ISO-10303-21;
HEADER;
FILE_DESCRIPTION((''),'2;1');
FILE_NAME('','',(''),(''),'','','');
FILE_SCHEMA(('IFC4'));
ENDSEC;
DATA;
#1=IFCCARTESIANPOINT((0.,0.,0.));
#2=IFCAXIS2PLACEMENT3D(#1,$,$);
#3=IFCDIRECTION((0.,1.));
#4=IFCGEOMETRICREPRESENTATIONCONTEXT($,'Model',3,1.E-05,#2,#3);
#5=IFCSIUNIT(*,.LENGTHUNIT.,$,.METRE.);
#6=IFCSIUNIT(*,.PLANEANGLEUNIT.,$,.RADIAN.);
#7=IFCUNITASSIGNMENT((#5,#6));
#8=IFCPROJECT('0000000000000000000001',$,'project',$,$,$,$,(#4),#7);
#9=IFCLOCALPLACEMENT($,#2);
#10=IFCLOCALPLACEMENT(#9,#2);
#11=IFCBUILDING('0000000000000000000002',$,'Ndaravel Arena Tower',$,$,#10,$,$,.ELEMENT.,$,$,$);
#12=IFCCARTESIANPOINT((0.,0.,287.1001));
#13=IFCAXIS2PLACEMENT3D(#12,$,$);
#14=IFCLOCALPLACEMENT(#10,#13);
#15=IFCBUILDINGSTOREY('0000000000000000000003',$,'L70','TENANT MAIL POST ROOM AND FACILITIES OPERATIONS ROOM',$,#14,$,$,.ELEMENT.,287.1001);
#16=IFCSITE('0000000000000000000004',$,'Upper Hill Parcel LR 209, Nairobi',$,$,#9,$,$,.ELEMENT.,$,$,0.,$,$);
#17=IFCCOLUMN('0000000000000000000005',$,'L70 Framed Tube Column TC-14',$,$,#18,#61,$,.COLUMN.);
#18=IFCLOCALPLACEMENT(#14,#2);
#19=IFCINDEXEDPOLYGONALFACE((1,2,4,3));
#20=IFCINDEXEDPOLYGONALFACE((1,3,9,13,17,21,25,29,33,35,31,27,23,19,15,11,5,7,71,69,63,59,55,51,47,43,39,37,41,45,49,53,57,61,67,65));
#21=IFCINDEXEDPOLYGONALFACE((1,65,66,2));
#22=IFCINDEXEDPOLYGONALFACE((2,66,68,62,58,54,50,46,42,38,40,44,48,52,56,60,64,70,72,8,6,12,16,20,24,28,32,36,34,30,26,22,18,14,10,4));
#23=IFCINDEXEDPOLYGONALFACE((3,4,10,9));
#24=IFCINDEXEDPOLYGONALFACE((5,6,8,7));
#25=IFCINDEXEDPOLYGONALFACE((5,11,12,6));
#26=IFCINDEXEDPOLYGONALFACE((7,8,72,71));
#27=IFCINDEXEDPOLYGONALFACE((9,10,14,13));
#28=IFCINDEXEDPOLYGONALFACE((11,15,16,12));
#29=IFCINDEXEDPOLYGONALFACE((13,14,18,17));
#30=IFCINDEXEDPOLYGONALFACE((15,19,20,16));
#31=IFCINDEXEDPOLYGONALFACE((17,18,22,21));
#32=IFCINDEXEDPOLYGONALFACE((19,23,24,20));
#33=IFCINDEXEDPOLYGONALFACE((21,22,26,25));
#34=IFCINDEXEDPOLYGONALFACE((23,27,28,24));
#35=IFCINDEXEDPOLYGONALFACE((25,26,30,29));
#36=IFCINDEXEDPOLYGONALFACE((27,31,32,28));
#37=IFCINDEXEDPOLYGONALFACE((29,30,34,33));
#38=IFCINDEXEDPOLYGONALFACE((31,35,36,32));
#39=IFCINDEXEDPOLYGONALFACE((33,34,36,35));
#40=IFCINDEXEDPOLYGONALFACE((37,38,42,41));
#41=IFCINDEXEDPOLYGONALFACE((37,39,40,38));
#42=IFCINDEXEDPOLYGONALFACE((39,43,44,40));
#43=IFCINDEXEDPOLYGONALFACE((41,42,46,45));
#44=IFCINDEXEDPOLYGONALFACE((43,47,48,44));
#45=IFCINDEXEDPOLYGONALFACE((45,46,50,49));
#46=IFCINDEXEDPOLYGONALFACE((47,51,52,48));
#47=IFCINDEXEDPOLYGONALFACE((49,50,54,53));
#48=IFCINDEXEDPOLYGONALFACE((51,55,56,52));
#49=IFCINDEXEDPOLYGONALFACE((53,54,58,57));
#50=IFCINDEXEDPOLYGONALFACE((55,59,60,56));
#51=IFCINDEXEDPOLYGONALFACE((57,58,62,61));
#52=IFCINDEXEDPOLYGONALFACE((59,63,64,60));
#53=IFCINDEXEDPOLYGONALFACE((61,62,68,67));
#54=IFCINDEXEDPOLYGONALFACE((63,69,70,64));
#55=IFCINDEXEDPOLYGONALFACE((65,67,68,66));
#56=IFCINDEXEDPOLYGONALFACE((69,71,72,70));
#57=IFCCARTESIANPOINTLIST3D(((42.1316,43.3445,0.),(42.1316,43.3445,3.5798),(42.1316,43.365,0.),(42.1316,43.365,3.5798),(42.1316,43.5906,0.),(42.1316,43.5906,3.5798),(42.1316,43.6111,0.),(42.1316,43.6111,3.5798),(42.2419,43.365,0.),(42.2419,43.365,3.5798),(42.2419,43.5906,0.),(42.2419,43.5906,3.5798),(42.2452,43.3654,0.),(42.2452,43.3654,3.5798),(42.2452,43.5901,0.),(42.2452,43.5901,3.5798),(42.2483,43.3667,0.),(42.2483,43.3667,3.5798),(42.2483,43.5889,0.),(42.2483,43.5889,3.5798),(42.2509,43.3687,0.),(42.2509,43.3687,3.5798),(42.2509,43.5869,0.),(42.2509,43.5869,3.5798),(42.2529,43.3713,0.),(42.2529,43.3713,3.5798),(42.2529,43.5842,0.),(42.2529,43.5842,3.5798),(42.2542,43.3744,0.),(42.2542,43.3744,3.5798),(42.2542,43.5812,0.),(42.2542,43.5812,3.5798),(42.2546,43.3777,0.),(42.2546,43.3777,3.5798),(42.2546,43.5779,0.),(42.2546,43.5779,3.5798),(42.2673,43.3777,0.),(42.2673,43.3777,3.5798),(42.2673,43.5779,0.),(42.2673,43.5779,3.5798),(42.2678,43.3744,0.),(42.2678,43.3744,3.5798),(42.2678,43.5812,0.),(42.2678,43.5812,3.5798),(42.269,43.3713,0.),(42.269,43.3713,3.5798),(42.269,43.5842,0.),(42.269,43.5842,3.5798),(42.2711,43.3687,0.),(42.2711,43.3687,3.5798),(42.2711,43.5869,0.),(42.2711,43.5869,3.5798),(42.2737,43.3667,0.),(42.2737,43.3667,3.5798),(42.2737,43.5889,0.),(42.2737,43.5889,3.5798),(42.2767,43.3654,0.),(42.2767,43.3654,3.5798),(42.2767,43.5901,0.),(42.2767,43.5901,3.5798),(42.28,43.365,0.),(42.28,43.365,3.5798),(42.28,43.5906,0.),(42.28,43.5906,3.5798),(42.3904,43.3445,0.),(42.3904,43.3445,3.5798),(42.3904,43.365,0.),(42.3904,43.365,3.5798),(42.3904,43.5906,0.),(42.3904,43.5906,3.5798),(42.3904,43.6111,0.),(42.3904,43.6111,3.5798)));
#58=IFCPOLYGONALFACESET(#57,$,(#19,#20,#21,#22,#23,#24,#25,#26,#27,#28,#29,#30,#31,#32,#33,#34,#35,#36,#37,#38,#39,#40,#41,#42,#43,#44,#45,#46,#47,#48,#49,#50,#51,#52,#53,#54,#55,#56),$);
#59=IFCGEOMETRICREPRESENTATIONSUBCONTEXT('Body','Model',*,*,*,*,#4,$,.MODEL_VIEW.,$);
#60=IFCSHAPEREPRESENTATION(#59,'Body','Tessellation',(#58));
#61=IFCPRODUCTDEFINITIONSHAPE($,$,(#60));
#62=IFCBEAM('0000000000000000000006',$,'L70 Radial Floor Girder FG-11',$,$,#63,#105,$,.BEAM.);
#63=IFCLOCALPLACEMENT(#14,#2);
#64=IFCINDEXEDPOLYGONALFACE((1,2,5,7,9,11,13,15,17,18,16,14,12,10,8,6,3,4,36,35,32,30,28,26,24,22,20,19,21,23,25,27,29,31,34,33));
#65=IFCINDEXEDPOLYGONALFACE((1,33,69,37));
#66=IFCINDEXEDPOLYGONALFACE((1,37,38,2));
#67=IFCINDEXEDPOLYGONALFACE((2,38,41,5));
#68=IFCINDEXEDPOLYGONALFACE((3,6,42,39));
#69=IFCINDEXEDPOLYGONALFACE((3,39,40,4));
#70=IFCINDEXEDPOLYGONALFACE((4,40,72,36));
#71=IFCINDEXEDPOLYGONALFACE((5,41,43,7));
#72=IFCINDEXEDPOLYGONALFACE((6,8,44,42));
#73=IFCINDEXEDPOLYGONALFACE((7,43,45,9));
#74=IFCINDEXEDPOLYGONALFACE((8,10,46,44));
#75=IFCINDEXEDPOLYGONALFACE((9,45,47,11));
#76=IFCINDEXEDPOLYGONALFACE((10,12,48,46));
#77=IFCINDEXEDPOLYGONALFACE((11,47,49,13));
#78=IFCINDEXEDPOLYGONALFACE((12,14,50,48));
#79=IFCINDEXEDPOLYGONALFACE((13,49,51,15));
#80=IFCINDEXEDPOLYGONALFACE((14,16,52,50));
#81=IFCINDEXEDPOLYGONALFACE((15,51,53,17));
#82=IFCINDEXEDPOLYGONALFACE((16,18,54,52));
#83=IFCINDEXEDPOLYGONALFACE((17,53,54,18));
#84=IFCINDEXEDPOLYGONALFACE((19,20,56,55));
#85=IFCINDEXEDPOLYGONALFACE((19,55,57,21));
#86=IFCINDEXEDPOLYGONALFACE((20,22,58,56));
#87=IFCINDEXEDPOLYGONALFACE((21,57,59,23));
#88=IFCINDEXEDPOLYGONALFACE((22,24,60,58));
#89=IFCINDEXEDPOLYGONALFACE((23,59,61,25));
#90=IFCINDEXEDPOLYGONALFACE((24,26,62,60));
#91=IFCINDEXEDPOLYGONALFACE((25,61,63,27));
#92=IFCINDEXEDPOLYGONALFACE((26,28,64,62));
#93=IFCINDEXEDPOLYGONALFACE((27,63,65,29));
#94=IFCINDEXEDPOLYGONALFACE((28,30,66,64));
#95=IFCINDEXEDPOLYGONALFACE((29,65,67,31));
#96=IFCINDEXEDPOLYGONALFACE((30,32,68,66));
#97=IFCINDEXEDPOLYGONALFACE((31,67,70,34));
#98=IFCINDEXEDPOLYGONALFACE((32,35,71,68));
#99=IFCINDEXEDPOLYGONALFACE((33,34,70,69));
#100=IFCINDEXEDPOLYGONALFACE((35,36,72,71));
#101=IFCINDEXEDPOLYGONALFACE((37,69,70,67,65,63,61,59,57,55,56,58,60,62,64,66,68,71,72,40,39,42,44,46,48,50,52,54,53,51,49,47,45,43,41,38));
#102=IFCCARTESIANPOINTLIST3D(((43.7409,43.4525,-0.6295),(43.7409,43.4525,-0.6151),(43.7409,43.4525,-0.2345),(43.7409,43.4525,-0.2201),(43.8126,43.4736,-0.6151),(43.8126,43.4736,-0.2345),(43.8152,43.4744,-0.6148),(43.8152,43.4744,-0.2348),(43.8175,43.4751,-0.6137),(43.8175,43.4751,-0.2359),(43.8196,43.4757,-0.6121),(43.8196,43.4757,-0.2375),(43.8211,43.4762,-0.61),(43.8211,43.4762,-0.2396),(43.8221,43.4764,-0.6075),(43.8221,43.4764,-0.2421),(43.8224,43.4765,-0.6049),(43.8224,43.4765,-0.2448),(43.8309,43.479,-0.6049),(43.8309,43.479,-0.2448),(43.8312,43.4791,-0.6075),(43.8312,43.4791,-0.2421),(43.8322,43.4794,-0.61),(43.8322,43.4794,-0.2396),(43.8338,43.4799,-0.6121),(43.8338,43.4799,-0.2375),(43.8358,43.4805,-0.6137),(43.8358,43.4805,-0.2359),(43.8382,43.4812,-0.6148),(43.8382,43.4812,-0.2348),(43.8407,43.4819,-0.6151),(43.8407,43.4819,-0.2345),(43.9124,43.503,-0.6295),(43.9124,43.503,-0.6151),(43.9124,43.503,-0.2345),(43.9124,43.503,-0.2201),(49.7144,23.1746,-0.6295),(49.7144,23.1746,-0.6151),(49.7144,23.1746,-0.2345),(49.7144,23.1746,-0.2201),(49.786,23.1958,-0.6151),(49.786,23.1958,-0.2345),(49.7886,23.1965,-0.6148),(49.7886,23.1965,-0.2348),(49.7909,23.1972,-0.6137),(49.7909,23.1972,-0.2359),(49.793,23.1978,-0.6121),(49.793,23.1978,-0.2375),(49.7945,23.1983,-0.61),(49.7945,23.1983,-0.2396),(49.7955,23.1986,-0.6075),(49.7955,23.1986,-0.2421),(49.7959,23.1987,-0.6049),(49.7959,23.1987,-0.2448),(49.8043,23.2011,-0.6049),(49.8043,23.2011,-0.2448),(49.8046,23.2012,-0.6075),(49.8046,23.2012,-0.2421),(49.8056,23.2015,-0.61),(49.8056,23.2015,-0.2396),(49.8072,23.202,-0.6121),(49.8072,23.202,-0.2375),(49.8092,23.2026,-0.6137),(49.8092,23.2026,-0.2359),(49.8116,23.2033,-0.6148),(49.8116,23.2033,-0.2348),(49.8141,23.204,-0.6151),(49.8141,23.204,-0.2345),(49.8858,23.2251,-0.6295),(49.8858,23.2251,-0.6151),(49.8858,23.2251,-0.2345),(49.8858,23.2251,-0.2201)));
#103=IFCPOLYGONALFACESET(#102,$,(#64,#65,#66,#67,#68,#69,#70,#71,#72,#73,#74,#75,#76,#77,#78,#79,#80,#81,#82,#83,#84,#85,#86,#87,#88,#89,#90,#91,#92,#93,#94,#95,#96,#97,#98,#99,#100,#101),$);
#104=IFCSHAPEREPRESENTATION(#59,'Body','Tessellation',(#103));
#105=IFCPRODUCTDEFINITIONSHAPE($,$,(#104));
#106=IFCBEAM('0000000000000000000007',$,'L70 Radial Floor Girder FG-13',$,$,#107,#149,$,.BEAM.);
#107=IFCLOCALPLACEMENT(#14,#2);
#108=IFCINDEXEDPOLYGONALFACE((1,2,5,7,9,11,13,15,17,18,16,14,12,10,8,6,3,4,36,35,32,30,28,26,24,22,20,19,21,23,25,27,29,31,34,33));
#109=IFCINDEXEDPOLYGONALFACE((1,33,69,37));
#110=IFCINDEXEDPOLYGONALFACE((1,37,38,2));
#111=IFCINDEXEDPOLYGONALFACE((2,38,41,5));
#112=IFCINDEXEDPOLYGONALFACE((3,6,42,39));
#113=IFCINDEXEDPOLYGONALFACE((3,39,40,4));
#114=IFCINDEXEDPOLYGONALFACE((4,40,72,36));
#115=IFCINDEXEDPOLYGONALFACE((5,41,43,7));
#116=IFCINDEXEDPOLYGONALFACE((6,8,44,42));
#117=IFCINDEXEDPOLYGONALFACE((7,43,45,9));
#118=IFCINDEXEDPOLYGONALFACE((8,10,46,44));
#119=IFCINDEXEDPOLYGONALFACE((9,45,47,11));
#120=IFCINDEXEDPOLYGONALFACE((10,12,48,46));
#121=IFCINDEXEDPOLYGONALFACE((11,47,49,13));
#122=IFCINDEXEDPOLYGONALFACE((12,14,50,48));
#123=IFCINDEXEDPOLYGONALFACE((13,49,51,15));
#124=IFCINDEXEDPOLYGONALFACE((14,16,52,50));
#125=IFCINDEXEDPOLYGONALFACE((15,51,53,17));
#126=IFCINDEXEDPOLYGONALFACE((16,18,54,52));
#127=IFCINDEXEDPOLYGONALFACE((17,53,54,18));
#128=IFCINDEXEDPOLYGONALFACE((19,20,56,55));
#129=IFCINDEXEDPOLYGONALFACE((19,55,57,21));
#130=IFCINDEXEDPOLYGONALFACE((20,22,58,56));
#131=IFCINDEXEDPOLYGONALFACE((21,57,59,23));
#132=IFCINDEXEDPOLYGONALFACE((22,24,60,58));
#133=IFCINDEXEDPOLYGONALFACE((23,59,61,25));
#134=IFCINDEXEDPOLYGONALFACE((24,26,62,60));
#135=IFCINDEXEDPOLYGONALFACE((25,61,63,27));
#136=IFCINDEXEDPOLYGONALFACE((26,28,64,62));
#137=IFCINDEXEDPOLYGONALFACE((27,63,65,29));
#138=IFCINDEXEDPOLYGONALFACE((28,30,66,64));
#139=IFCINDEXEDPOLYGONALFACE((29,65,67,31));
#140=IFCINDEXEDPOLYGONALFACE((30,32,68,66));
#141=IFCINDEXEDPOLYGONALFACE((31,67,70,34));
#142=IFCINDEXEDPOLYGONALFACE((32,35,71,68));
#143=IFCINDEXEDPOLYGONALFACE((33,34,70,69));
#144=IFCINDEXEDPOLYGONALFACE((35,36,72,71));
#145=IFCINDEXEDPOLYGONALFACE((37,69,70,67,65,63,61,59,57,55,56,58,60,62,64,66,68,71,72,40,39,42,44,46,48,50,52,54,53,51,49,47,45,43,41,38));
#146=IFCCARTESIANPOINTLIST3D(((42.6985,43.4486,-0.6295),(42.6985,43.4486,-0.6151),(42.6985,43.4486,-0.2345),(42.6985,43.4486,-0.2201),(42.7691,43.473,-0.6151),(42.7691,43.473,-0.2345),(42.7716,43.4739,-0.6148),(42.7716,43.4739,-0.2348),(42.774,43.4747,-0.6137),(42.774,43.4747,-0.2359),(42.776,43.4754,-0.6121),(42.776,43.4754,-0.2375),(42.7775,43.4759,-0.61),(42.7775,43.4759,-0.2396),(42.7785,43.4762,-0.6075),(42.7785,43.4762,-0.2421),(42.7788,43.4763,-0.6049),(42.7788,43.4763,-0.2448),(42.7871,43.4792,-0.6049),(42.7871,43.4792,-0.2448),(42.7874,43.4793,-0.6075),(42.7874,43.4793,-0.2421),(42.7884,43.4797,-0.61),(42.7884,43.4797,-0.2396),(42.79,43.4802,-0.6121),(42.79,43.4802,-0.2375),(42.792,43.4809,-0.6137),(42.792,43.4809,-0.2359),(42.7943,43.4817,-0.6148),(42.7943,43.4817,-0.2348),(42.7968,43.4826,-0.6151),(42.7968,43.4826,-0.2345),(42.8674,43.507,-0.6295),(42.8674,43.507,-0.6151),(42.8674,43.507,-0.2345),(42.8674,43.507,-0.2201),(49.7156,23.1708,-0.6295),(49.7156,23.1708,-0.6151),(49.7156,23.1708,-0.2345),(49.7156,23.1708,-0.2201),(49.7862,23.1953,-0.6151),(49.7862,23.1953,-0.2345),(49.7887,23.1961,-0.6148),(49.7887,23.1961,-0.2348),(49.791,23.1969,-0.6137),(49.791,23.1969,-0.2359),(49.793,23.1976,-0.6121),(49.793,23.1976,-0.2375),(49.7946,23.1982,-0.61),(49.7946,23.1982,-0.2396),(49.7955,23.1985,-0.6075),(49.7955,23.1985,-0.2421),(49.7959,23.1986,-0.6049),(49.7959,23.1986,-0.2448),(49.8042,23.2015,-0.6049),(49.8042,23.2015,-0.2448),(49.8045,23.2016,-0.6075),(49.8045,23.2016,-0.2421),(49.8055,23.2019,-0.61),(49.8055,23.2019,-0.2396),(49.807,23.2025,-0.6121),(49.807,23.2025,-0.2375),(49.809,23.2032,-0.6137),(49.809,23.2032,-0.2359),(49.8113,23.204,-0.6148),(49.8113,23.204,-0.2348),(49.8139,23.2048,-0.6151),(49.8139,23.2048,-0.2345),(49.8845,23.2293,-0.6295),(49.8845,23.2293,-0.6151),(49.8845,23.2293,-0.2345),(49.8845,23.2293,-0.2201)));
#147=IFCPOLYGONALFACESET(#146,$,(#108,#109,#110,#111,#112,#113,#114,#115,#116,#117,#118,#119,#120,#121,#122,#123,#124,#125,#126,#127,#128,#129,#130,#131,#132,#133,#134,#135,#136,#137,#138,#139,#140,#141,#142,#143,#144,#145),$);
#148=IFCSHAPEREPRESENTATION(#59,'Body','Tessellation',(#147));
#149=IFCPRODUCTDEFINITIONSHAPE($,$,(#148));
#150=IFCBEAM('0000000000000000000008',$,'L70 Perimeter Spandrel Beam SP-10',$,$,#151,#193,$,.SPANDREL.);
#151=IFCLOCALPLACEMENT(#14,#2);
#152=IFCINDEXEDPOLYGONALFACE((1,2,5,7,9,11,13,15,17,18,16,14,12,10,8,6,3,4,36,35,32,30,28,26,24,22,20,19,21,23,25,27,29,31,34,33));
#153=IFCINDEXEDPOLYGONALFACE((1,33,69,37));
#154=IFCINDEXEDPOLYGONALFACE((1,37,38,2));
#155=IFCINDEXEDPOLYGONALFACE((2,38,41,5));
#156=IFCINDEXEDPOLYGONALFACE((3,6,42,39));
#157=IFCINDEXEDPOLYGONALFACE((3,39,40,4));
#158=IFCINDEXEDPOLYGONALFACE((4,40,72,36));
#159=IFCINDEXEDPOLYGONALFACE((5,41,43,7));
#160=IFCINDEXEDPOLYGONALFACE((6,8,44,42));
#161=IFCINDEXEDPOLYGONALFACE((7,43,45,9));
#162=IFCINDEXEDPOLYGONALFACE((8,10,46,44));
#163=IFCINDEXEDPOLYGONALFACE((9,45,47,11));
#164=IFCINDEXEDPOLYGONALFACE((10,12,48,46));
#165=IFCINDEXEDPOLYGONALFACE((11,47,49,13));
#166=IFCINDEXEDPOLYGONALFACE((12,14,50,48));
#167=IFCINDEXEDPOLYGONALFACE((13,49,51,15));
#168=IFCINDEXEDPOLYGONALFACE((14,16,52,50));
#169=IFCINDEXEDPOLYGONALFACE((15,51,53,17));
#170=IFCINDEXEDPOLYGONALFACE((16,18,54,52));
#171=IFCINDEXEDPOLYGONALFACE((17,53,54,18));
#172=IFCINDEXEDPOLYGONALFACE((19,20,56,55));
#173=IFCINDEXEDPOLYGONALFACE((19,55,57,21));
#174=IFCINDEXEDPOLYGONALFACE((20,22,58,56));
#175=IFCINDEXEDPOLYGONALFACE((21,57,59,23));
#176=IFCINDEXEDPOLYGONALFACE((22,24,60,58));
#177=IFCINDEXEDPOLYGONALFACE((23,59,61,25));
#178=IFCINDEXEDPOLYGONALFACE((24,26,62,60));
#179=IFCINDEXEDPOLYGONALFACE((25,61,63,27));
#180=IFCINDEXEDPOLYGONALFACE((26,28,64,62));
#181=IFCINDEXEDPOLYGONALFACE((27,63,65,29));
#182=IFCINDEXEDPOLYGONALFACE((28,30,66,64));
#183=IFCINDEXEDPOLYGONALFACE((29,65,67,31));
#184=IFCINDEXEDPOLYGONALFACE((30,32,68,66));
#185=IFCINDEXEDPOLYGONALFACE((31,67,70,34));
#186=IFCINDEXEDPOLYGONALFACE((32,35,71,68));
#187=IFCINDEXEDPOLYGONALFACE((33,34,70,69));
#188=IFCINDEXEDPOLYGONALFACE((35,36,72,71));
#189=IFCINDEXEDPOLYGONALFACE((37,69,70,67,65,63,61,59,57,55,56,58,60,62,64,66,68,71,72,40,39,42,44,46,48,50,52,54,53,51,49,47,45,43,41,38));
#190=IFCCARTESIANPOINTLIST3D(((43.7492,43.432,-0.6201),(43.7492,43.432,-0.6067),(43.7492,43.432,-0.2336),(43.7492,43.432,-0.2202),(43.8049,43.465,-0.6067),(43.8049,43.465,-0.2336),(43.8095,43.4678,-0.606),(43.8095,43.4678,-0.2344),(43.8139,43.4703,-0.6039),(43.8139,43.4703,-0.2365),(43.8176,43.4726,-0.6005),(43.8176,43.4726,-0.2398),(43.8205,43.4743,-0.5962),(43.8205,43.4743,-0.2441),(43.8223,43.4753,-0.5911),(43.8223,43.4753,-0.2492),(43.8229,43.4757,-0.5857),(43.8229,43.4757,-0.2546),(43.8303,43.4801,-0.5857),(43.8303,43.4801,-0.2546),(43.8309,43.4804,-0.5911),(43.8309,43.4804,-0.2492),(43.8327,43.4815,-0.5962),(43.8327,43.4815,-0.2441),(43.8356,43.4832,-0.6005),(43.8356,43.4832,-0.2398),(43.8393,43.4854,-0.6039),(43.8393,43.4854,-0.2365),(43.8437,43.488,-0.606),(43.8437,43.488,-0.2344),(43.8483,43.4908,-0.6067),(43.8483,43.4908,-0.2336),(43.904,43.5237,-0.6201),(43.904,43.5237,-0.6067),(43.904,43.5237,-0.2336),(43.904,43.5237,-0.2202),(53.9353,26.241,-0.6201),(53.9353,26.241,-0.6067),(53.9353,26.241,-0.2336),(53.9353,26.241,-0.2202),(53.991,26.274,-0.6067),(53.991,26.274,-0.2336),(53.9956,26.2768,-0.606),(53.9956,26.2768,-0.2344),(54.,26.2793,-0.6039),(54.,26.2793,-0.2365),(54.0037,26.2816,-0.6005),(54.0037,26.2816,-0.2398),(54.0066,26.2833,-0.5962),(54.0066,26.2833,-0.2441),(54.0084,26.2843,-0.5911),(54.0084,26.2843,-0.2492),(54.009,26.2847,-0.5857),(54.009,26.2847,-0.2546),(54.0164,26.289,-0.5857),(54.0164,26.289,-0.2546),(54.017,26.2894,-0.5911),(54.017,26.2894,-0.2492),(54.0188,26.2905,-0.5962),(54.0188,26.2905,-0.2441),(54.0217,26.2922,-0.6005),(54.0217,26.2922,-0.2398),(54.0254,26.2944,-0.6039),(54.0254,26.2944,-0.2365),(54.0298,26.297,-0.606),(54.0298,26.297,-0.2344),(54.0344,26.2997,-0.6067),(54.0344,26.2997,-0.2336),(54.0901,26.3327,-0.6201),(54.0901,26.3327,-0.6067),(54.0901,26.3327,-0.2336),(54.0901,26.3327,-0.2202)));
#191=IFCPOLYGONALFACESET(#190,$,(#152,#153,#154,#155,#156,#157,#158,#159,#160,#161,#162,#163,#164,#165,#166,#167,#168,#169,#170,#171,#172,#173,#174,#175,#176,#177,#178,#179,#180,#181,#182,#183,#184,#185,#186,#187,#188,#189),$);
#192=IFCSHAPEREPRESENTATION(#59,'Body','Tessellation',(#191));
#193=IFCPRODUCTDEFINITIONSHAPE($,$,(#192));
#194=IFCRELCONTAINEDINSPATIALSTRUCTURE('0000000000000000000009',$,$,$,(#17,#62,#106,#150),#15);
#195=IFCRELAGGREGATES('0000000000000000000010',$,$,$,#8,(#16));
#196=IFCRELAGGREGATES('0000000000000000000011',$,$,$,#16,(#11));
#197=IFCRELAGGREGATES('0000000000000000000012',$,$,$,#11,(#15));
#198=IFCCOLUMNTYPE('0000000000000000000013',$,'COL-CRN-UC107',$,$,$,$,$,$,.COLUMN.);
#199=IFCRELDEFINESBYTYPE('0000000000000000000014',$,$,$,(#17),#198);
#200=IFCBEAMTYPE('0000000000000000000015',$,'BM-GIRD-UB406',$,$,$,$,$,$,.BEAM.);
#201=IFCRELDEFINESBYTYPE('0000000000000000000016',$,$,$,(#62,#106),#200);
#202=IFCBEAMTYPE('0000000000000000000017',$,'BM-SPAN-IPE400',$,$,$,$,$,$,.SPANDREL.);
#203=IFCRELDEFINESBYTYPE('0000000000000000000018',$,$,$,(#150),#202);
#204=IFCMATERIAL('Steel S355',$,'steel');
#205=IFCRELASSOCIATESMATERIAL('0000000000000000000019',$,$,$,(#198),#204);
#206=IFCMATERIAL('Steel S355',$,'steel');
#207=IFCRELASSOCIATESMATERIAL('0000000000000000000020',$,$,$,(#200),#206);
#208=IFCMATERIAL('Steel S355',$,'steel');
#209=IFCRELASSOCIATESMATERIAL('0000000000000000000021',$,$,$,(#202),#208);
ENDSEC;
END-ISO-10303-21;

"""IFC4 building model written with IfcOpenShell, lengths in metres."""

from ifc_helpers import new_model, si_unit, direction, frame, origin, origin_2d, place, context, subcontext, project, spatial, i_section, extrude, material, material_profile, profile_set, type_object, element, save


model = new_model("IFC4")

# Units and contexts
model_context = context("Model", 3, precision=1e-05, world=origin(), true_north=direction((0.0, 1.0)))
body_context = subcontext(model_context, "Body", "Model", "MODEL_VIEW")
ifc_project = project(units=[si_unit("LENGTHUNIT", "METRE"), si_unit("PLANEANGLEUNIT", "RADIAN")], contexts=[model_context])

# Site, building, storey
site_placement = place(None, origin())
site = spatial("IfcSite", under=ifc_project, at=site_placement, Name="Upper Hill Parcel LR 209, Nairobi", CompositionType="ELEMENT", RefElevation=0.0)
building_placement = place(site_placement, origin())
building = spatial("IfcBuilding", under=site, at=building_placement, Name="Ndaravel Arena Tower", CompositionType="ELEMENT")
storey_placement = place(building_placement, frame((0.0, 0.0, 287.1001)))
storey = spatial("IfcBuildingStorey", under=building, at=storey_placement, Name="L70", Description="TENANT MAIL POST ROOM AND FACILITIES OPERATIONS ROOM", CompositionType="ELEMENT", Elevation=287.1001)

# Column
ifc_material_1 = material(Name="Steel S355", Category="steel")
ifc_material_profile_1 = material_profile(ifc_material_1, i_section(OverallWidth=0.2588, OverallDepth=0.2666, WebThickness=0.0127, FlangeThickness=0.0205, FilletRadius=0.0127, at=origin_2d()), Name="UC 254x254x107")
ifc_profile_set_1 = profile_set([ifc_material_profile_1], Name="Steel S355")
column_type = type_object("IfcColumnType", Name="COL-CRN-UC107", PredefinedType="COLUMN", material=ifc_profile_set_1)
for number, where, z_axis, x_axis, name in (
    (1, (42.261, 43.4778, 0.0), (0.0, 0.0, 1.0), (1.0, 0.0, 0.0), "L70 Framed Tube Column TC-14"),
):
    element("IfcColumn", number, at=place(storey_placement, frame(where, z_axis=z_axis, x_axis=x_axis)), inside=storey, type_object=column_type, Name=name, PredefinedType="COLUMN", context=body_context, shape_type="SweptSolid", body=[
        extrude(i_section(OverallWidth=0.2588, OverallDepth=0.2666, WebThickness=0.0127, FlangeThickness=0.0205, FilletRadius=0.0127, at=origin_2d()), origin(), (0.0, 0.0, 1.0), 3.5798),
    ])

# Beams
ifc_material_2 = material(Name="Steel S355", Category="steel")
ifc_material_profile_2 = material_profile(ifc_material_2, i_section(OverallWidth=0.1787, OverallDepth=0.4094, WebThickness=0.0088, FlangeThickness=0.0144, FilletRadius=0.0103, at=origin_2d()), Name="UB 406x178x67")
ifc_profile_set_2 = profile_set([ifc_material_profile_2], Name="Steel S355")
beam_type_1 = type_object("IfcBeamType", Name="BM-GIRD-UB406", PredefinedType="BEAM", material=ifc_profile_set_2)
beam_1_placement = place(storey_placement, frame((43.8267, 43.4778, -0.4248), z_axis=(0.282572, -0.959246, 0.0), x_axis=(0.959246, 0.282572, 0.0)))
element("IfcBeam", 2, at=beam_1_placement, inside=storey, type_object=beam_type_1, Name="L70 Radial Floor Girder FG-11", PredefinedType="BEAM", context=body_context, shape_type="SweptSolid", body=[
    extrude(i_section(OverallWidth=0.1787, OverallDepth=0.4094, WebThickness=0.0088, FlangeThickness=0.0144, FilletRadius=0.0103, at=origin_2d()), origin(), (0.0, 0.0, 1.0), 21.1394),
])
beam_2_placement = place(storey_placement, frame((42.783, 43.4778, -0.4248), z_axis=(0.327021, -0.945017, 0.0), x_axis=(0.945017, 0.327021, 0.0)))
element("IfcBeam", 3, at=beam_2_placement, inside=storey, type_object=beam_type_1, Name="L70 Radial Floor Girder FG-13", PredefinedType="BEAM", context=body_context, shape_type="SweptSolid", body=[
    extrude(i_section(OverallWidth=0.1787, OverallDepth=0.4094, WebThickness=0.0088, FlangeThickness=0.0144, FilletRadius=0.0103, at=origin_2d()), origin(), (0.0, 0.0, 1.0), 21.4575),
])
ifc_material_3 = material(Name="Steel S355", Category="steel")
ifc_material_profile_3 = material_profile(ifc_material_3, i_section(OverallWidth=0.1799, OverallDepth=0.3999, WebThickness=0.0085, FlangeThickness=0.0134, FilletRadius=0.021, at=origin_2d()), Name="IPE 400")
ifc_profile_set_3 = profile_set([ifc_material_profile_3], Name="Steel S355")
beam_type_2 = type_object("IfcBeamType", Name="BM-SPAN-IPE400", PredefinedType="SPANDREL", material=ifc_profile_set_3)
beam_3_placement = place(storey_placement, frame((54.0127, 26.2869, -0.4202), z_axis=(-0.509759, 0.860317, 0.0), x_axis=(-0.860317, -0.509759, 0.0)))
element("IfcBeam", 4, at=beam_3_placement, inside=storey, type_object=beam_type_2, Name="L70 Perimeter Spandrel Beam SP-10", PredefinedType="SPANDREL", context=body_context, shape_type="SweptSolid", body=[
    extrude(i_section(OverallWidth=0.1799, OverallDepth=0.3999, WebThickness=0.0085, FlangeThickness=0.0134, FilletRadius=0.021, at=origin_2d()), origin(), (0.0, 0.0, 1.0), 19.9822),
])

save(model, "model.ifc")
